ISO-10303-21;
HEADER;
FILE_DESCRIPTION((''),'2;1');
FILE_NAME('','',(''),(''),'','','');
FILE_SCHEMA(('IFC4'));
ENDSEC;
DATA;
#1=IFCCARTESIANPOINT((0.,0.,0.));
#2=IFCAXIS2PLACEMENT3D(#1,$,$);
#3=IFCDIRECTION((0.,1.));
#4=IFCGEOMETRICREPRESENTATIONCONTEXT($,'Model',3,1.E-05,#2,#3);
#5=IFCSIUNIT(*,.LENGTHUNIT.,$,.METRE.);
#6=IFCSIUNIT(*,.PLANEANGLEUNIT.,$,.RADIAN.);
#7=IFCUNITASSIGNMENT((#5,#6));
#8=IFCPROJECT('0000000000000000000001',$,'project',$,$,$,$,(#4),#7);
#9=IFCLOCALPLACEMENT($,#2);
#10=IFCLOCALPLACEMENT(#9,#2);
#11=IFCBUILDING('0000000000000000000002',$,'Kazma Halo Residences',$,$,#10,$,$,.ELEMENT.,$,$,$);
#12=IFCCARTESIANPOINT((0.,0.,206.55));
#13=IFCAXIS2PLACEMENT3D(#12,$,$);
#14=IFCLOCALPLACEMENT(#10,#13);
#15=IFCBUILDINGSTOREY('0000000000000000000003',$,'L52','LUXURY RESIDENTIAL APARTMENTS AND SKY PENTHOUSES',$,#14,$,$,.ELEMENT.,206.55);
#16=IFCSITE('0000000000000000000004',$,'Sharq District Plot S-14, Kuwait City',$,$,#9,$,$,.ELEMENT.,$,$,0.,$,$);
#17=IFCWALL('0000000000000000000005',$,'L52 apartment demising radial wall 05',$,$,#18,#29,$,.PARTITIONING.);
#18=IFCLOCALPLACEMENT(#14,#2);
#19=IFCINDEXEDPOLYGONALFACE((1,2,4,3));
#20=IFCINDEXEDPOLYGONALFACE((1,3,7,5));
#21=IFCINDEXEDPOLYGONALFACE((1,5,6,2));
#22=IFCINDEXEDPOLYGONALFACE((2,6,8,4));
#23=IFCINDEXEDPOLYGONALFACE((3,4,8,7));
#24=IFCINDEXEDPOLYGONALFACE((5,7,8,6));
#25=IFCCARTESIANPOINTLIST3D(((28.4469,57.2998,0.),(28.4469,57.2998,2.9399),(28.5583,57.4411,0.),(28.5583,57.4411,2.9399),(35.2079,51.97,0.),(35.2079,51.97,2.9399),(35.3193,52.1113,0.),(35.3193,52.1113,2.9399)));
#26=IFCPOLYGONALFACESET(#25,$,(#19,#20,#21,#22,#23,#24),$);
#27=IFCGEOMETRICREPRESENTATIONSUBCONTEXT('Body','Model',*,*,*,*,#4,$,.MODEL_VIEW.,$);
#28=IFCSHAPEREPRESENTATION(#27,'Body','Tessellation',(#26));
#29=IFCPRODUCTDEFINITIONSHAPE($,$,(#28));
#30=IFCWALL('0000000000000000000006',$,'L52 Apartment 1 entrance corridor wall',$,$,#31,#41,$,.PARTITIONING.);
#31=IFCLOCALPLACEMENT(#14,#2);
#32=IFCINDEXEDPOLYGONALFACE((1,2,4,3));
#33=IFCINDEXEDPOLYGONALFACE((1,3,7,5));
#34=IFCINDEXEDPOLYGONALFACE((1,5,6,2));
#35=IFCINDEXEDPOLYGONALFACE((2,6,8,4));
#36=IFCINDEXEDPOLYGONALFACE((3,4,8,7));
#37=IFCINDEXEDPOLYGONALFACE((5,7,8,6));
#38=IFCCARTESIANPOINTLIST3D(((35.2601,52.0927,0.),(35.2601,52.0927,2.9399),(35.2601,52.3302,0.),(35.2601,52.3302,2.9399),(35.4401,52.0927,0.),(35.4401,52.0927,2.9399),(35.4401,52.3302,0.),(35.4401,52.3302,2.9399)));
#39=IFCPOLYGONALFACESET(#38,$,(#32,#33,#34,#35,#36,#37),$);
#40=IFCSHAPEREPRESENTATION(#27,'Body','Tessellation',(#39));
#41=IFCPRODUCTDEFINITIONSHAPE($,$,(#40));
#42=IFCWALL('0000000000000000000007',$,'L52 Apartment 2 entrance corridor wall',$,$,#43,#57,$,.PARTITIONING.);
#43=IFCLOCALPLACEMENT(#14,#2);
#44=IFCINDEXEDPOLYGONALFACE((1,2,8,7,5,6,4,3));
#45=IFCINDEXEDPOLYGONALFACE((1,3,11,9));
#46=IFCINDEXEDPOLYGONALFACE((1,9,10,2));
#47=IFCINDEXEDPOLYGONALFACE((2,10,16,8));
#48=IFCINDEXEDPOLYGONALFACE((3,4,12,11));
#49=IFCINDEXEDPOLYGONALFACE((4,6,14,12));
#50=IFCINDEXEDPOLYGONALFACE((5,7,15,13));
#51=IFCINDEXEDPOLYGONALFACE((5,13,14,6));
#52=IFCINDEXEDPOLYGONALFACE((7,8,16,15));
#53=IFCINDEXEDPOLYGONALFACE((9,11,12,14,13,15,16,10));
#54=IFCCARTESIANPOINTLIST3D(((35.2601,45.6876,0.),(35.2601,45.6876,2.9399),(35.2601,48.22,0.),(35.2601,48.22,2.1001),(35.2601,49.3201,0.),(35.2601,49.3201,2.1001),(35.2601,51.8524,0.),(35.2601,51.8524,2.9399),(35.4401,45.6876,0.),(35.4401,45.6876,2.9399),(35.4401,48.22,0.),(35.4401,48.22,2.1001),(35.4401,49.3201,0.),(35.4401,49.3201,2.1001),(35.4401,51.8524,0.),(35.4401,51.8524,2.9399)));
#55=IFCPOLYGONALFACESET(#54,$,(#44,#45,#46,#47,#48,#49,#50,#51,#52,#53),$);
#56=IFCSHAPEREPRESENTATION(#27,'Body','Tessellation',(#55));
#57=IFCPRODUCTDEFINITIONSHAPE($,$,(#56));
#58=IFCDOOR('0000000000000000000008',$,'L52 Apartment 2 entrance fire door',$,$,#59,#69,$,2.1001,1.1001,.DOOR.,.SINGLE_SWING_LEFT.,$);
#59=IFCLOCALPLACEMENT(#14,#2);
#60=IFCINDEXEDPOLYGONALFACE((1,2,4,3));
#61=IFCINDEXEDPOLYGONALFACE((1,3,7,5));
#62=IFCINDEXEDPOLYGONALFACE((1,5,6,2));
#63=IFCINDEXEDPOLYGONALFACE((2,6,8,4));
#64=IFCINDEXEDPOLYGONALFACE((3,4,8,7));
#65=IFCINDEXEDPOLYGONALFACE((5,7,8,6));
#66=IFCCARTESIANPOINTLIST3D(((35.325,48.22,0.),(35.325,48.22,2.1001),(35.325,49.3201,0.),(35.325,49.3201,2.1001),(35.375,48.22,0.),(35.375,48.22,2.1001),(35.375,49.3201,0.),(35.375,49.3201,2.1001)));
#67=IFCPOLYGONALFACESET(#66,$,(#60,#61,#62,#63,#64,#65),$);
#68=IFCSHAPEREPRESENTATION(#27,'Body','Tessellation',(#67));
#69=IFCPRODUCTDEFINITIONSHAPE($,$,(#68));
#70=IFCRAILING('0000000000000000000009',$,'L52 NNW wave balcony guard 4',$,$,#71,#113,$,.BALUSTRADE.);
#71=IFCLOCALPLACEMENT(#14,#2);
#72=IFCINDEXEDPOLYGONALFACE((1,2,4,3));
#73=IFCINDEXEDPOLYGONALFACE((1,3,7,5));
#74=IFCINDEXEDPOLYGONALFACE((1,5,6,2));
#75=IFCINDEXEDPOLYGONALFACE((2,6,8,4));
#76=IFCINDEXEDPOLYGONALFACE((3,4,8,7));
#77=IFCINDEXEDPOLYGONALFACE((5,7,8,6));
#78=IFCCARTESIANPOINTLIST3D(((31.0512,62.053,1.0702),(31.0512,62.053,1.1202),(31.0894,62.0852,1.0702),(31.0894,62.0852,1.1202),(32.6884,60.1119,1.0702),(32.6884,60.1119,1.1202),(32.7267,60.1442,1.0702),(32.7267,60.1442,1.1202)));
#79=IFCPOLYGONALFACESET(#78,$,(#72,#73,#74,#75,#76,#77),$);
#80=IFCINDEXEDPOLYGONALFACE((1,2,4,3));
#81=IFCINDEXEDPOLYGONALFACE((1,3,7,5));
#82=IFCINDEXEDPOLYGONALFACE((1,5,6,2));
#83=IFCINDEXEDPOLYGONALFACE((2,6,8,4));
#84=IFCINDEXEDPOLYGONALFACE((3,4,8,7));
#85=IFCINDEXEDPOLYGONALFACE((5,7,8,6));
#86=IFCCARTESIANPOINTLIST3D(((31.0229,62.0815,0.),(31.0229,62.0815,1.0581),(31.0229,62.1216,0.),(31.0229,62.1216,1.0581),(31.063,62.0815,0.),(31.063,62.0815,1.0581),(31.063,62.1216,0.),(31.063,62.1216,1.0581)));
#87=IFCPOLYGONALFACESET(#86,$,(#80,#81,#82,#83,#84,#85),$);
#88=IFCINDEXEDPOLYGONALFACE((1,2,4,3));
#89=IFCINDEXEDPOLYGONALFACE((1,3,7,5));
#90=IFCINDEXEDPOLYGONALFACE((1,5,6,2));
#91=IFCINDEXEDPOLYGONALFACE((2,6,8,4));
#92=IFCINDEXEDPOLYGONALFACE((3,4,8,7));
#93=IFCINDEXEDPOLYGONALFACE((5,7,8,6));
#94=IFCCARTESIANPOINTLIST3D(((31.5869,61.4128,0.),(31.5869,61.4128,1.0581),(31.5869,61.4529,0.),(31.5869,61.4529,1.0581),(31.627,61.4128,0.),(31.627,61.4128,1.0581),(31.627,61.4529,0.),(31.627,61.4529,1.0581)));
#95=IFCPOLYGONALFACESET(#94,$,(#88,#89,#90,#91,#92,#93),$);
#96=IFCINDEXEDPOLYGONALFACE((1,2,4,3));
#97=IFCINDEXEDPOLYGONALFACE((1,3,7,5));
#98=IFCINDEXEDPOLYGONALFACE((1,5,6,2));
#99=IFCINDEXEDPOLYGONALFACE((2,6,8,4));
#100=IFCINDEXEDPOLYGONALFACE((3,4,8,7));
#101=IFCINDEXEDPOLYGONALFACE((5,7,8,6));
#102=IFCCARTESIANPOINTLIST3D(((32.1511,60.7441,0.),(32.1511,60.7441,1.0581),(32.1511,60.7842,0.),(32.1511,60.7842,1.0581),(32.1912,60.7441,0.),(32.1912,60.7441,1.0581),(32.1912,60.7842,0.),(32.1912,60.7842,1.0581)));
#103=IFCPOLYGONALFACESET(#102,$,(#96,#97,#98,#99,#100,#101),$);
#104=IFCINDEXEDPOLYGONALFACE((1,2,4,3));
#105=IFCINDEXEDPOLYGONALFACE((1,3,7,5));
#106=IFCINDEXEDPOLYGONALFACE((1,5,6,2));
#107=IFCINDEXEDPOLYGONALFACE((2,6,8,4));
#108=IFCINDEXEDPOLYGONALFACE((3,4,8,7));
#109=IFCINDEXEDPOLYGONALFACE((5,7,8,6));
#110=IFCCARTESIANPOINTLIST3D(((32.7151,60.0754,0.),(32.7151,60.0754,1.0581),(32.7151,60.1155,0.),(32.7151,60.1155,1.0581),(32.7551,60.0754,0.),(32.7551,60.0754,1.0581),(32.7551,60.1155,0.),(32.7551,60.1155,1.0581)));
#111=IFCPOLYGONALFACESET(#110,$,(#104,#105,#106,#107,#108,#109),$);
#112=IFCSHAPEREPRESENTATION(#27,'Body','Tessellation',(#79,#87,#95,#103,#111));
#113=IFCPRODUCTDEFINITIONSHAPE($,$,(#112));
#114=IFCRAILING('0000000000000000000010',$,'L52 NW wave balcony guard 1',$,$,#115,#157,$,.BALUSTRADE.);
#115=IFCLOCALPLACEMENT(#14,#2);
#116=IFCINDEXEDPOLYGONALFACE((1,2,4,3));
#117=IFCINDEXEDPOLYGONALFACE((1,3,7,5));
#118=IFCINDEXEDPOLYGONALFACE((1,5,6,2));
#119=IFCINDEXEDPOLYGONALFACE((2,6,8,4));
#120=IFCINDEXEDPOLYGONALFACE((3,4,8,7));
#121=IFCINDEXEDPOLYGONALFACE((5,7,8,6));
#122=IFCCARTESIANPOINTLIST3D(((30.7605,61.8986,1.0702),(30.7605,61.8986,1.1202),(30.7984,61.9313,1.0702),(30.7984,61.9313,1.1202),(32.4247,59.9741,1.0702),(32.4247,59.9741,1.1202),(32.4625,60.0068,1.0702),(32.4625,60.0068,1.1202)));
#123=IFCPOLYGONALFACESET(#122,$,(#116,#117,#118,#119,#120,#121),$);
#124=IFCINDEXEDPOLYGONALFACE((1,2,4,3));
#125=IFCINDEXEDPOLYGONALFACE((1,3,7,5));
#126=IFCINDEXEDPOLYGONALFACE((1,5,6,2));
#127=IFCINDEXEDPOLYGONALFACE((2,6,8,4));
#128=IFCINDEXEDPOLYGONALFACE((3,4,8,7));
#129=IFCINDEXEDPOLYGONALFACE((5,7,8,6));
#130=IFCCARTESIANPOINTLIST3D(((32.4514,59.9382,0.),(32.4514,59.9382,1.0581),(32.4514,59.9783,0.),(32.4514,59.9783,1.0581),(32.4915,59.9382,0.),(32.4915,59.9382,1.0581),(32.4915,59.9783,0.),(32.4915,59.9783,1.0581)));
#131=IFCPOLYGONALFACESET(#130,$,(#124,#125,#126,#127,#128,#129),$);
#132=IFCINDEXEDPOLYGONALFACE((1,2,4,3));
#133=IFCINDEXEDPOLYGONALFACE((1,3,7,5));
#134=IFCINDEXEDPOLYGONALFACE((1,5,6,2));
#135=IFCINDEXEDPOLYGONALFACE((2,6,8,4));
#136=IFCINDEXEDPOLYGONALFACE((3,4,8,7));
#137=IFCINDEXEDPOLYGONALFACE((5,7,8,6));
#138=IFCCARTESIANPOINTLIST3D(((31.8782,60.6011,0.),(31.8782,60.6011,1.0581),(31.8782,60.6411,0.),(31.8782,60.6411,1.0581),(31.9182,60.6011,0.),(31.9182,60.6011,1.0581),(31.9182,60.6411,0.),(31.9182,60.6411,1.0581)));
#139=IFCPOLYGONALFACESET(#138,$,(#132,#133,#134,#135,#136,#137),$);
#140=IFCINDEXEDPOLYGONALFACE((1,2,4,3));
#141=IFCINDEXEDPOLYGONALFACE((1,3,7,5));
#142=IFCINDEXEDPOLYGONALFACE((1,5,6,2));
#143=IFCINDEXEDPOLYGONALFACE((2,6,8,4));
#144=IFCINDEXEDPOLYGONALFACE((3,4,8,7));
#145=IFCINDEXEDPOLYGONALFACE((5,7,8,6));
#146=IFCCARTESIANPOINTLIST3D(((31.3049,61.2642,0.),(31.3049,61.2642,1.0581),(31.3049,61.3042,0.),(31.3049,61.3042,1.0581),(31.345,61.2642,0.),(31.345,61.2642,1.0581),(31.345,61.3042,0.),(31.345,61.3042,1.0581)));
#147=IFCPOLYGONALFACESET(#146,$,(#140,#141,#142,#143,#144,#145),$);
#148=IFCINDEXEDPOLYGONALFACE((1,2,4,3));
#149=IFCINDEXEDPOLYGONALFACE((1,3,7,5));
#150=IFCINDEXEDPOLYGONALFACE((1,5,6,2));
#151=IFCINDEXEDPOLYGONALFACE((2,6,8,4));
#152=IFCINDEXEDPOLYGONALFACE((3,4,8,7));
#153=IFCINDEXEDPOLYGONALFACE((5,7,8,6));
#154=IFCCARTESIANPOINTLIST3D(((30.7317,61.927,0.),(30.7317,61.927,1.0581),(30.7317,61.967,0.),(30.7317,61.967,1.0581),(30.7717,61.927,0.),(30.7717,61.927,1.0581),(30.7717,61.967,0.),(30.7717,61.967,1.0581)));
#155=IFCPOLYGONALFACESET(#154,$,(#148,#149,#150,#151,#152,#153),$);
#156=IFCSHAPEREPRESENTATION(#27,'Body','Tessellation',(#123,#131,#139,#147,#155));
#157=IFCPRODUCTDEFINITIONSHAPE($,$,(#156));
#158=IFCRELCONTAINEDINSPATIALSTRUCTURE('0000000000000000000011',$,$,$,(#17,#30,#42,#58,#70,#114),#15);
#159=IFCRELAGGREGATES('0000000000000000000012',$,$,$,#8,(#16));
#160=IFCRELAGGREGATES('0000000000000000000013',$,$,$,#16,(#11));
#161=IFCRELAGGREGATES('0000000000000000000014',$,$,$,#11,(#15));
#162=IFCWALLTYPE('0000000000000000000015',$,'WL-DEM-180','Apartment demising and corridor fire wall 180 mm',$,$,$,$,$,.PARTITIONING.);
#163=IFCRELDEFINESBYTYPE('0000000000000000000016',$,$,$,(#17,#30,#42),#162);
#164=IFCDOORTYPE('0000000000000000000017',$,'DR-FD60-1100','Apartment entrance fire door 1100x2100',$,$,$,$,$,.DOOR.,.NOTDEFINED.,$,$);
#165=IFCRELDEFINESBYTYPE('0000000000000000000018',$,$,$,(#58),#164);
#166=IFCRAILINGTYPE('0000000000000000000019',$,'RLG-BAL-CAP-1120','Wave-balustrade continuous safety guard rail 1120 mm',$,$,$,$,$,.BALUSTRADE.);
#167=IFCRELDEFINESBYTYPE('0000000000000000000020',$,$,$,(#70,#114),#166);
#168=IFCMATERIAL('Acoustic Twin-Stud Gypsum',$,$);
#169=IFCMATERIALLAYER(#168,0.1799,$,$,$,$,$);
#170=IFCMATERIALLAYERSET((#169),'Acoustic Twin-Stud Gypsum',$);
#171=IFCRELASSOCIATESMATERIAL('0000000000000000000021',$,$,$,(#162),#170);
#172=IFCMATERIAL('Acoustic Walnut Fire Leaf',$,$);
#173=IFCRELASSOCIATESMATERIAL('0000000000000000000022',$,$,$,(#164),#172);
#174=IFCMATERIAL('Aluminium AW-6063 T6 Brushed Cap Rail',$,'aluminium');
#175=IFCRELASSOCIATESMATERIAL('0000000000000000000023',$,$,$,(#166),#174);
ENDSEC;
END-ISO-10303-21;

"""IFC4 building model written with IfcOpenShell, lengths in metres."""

from ifc_helpers import new_model, si_unit, direction, frame, frame_2d, origin, origin_2d, place, context, subcontext, project, spatial, rectangle, extrude, material, layer, layer_set, type_object, element, fill, save


model = new_model("IFC4")

# Units and contexts
model_context = context("Model", 3, precision=1e-05, world=origin(), true_north=direction((0.0, 1.0)))
body_context = subcontext(model_context, "Body", "Model", "MODEL_VIEW")
ifc_project = project(units=[si_unit("LENGTHUNIT", "METRE"), si_unit("PLANEANGLEUNIT", "RADIAN")], contexts=[model_context])

# Site, building, storey
site_placement = place(None, origin())
site = spatial("IfcSite", under=ifc_project, at=site_placement, Name="Sharq District Plot S-14, Kuwait City", CompositionType="ELEMENT", RefElevation=0.0)
building_placement = place(site_placement, origin())
building = spatial("IfcBuilding", under=site, at=building_placement, Name="Kazma Halo Residences", CompositionType="ELEMENT")
storey_placement = place(building_placement, frame((0.0, 0.0, 206.55)))
storey = spatial("IfcBuildingStorey", under=building, at=storey_placement, Name="L52", Description="LUXURY RESIDENTIAL APARTMENTS AND SKY PENTHOUSES", CompositionType="ELEMENT", Elevation=206.55)

# Walls
ifc_material_1 = material(Name="Acoustic Twin-Stud Gypsum")
ifc_layer_1 = layer(ifc_material_1, 0.1799)
ifc_layer_set_1 = layer_set([ifc_layer_1], Name="Acoustic Twin-Stud Gypsum")
wall_type_1 = type_object("IfcWallType", Name="WL-DEM-180", Description="Apartment demising and corridor fire wall 180 mm", PredefinedType="PARTITIONING", material=ifc_layer_set_1)
wall_1_placement = place(storey_placement, frame((35.2637, 52.0405, 0.0), z_axis=(0.0, 0.0, 1.0), x_axis=(-0.785322, 0.619087, 0.0)))
element("IfcWall", 1, at=wall_1_placement, inside=storey, type_object=wall_type_1, Name="L52 apartment demising radial wall 05", PredefinedType="PARTITIONING", context=body_context, shape_type="SweptSolid", body=[
    extrude(rectangle(XDim=8.6091, YDim=0.1799, at=frame_2d((4.3047, 0.0))), origin(), (0.0, 0.0, 1.0), 2.9399),
])
wall_2_placement = place(storey_placement, frame((35.3501, 52.3301, 0.0), z_axis=(0.0, 0.0, 1.0), x_axis=(0.0, -1.0, 0.0)))
element("IfcWall", 2, at=wall_2_placement, inside=storey, type_object=wall_type_1, Name="L52 Apartment 1 entrance corridor wall", PredefinedType="PARTITIONING", context=body_context, shape_type="SweptSolid", body=[
    extrude(rectangle(XDim=0.2375, YDim=0.1799, at=frame_2d((0.1187, 0.0))), origin(), (0.0, 0.0, 1.0), 2.9399),
])

# Wall, opening, door
wall_3_placement = place(storey_placement, frame((35.3501, 51.8525, 0.0), z_axis=(0.0, 0.0, 1.0), x_axis=(0.0, -1.0, 0.0)))
wall_3 = element("IfcWall", 3, at=wall_3_placement, inside=storey, type_object=wall_type_1, Name="L52 Apartment 2 entrance corridor wall", PredefinedType="PARTITIONING", context=body_context, shape_type="SweptSolid", body=[
    extrude(rectangle(XDim=6.1648, YDim=0.1799, at=frame_2d((3.0825, 0.0))), origin(), (0.0, 0.0, 1.0), 2.9399),
])
opening_1_placement = place(wall_3_placement, frame((2.5325, 0.0, 0.0)))
opening_1 = element("IfcOpeningElement", 4, at=opening_1_placement, cuts=wall_3, PredefinedType="OPENING", context=body_context, shape_type="SweptSolid", body=[
    extrude(rectangle(XDim=1.1001, YDim=2.1001, at=frame_2d((0.55, 1.05))), frame((0.0, 0.0999, 0.0), z_axis=(0.0, -1.0, 0.0), x_axis=(1.0, 0.0, 0.0)), (0.0, 0.0, 1.0), 0.2),
])
ifc_material_2 = material(Name="Acoustic Walnut Fire Leaf")
door_type_1 = type_object("IfcDoorType", Name="DR-FD60-1100", Description="Apartment entrance fire door 1100x2100", OperationType="NOTDEFINED", PredefinedType="DOOR", material=ifc_material_2)
door_1_placement = place(opening_1_placement, origin())
door_1 = element("IfcDoor", 5, at=door_1_placement, inside=storey, type_object=door_type_1, Name="L52 Apartment 2 entrance fire door", OperationType="SINGLE_SWING_LEFT", OverallHeight=2.1001, OverallWidth=1.1001, PredefinedType="DOOR", context=body_context, shape_type="SweptSolid", body=[
    extrude(rectangle(XDim=1.1001, YDim=2.1001, at=frame_2d((0.55, 1.05))), frame((0.0, 0.0249, 0.0), z_axis=(0.0, -1.0, 0.0), x_axis=(1.0, 0.0, 0.0)), (0.0, 0.0, 1.0), 0.05),
])
fill(opening_1, door_1)

# Railings
ifc_material_3 = material(Name="Aluminium AW-6063 T6 Brushed Cap Rail", Category="aluminium")
railing_type = type_object("IfcRailingType", Name="RLG-BAL-CAP-1120", Description="Wave-balustrade continuous safety guard rail 1120 mm", PredefinedType="BALUSTRADE", material=ifc_material_3)
railing_1_placement = place(storey_placement, frame((31.043, 62.1016, 0.0)))
element("IfcRailing", 6, at=railing_1_placement, inside=storey, type_object=railing_type, Name="L52 NNW wave balcony guard 4", PredefinedType="BALUSTRADE", context=body_context, shape_type="SweptSolid", body=[
    extrude(rectangle(XDim=0.05, YDim=0.05, at=origin_2d()), frame((0.0273, -0.0325, 1.0952), z_axis=(0.644757, -0.764387, 0.0), x_axis=(0.764387, 0.644757, 0.0)), (0.0, 0.0, 1.0), 2.5393),
    extrude(rectangle(XDim=0.04, YDim=0.04, at=origin_2d()), origin(), (0.0, 0.0, 1.0), 1.0581),
    extrude(rectangle(XDim=0.04, YDim=0.04, at=origin_2d()), frame((0.564, -0.6687, 0.0)), (0.0, 0.0, 1.0), 1.0581),
    extrude(rectangle(XDim=0.04, YDim=0.04, at=origin_2d()), frame((1.1282, -1.3374, 0.0)), (0.0, 0.0, 1.0), 1.0581),
    extrude(rectangle(XDim=0.04, YDim=0.04, at=origin_2d()), frame((1.6921, -2.0061, 0.0)), (0.0, 0.0, 1.0), 1.0581),
])
railing_2_placement = place(storey_placement, frame((32.4714, 59.9583, 0.0)))
element("IfcRailing", 7, at=railing_2_placement, inside=storey, type_object=railing_type, Name="L52 NW wave balcony guard 1", PredefinedType="BALUSTRADE", context=body_context, shape_type="SweptSolid", body=[
    extrude(rectangle(XDim=0.05, YDim=0.05, at=origin_2d()), frame((-0.0278, 0.0322, 1.0952), z_axis=(-0.654089, 0.756418, 0.0), x_axis=(-0.756418, -0.654089, 0.0)), (0.0, 0.0, 1.0), 2.5442),
    extrude(rectangle(XDim=0.04, YDim=0.04, at=origin_2d()), origin(), (0.0, 0.0, 1.0), 1.0581),
    extrude(rectangle(XDim=0.04, YDim=0.04, at=origin_2d()), frame((-0.5732, 0.6628, 0.0)), (0.0, 0.0, 1.0), 1.0581),
    extrude(rectangle(XDim=0.04, YDim=0.04, at=origin_2d()), frame((-1.1465, 1.3259, 0.0)), (0.0, 0.0, 1.0), 1.0581),
    extrude(rectangle(XDim=0.04, YDim=0.04, at=origin_2d()), frame((-1.7197, 1.9888, 0.0)), (0.0, 0.0, 1.0), 1.0581),
])

save(model, "model.ifc")
